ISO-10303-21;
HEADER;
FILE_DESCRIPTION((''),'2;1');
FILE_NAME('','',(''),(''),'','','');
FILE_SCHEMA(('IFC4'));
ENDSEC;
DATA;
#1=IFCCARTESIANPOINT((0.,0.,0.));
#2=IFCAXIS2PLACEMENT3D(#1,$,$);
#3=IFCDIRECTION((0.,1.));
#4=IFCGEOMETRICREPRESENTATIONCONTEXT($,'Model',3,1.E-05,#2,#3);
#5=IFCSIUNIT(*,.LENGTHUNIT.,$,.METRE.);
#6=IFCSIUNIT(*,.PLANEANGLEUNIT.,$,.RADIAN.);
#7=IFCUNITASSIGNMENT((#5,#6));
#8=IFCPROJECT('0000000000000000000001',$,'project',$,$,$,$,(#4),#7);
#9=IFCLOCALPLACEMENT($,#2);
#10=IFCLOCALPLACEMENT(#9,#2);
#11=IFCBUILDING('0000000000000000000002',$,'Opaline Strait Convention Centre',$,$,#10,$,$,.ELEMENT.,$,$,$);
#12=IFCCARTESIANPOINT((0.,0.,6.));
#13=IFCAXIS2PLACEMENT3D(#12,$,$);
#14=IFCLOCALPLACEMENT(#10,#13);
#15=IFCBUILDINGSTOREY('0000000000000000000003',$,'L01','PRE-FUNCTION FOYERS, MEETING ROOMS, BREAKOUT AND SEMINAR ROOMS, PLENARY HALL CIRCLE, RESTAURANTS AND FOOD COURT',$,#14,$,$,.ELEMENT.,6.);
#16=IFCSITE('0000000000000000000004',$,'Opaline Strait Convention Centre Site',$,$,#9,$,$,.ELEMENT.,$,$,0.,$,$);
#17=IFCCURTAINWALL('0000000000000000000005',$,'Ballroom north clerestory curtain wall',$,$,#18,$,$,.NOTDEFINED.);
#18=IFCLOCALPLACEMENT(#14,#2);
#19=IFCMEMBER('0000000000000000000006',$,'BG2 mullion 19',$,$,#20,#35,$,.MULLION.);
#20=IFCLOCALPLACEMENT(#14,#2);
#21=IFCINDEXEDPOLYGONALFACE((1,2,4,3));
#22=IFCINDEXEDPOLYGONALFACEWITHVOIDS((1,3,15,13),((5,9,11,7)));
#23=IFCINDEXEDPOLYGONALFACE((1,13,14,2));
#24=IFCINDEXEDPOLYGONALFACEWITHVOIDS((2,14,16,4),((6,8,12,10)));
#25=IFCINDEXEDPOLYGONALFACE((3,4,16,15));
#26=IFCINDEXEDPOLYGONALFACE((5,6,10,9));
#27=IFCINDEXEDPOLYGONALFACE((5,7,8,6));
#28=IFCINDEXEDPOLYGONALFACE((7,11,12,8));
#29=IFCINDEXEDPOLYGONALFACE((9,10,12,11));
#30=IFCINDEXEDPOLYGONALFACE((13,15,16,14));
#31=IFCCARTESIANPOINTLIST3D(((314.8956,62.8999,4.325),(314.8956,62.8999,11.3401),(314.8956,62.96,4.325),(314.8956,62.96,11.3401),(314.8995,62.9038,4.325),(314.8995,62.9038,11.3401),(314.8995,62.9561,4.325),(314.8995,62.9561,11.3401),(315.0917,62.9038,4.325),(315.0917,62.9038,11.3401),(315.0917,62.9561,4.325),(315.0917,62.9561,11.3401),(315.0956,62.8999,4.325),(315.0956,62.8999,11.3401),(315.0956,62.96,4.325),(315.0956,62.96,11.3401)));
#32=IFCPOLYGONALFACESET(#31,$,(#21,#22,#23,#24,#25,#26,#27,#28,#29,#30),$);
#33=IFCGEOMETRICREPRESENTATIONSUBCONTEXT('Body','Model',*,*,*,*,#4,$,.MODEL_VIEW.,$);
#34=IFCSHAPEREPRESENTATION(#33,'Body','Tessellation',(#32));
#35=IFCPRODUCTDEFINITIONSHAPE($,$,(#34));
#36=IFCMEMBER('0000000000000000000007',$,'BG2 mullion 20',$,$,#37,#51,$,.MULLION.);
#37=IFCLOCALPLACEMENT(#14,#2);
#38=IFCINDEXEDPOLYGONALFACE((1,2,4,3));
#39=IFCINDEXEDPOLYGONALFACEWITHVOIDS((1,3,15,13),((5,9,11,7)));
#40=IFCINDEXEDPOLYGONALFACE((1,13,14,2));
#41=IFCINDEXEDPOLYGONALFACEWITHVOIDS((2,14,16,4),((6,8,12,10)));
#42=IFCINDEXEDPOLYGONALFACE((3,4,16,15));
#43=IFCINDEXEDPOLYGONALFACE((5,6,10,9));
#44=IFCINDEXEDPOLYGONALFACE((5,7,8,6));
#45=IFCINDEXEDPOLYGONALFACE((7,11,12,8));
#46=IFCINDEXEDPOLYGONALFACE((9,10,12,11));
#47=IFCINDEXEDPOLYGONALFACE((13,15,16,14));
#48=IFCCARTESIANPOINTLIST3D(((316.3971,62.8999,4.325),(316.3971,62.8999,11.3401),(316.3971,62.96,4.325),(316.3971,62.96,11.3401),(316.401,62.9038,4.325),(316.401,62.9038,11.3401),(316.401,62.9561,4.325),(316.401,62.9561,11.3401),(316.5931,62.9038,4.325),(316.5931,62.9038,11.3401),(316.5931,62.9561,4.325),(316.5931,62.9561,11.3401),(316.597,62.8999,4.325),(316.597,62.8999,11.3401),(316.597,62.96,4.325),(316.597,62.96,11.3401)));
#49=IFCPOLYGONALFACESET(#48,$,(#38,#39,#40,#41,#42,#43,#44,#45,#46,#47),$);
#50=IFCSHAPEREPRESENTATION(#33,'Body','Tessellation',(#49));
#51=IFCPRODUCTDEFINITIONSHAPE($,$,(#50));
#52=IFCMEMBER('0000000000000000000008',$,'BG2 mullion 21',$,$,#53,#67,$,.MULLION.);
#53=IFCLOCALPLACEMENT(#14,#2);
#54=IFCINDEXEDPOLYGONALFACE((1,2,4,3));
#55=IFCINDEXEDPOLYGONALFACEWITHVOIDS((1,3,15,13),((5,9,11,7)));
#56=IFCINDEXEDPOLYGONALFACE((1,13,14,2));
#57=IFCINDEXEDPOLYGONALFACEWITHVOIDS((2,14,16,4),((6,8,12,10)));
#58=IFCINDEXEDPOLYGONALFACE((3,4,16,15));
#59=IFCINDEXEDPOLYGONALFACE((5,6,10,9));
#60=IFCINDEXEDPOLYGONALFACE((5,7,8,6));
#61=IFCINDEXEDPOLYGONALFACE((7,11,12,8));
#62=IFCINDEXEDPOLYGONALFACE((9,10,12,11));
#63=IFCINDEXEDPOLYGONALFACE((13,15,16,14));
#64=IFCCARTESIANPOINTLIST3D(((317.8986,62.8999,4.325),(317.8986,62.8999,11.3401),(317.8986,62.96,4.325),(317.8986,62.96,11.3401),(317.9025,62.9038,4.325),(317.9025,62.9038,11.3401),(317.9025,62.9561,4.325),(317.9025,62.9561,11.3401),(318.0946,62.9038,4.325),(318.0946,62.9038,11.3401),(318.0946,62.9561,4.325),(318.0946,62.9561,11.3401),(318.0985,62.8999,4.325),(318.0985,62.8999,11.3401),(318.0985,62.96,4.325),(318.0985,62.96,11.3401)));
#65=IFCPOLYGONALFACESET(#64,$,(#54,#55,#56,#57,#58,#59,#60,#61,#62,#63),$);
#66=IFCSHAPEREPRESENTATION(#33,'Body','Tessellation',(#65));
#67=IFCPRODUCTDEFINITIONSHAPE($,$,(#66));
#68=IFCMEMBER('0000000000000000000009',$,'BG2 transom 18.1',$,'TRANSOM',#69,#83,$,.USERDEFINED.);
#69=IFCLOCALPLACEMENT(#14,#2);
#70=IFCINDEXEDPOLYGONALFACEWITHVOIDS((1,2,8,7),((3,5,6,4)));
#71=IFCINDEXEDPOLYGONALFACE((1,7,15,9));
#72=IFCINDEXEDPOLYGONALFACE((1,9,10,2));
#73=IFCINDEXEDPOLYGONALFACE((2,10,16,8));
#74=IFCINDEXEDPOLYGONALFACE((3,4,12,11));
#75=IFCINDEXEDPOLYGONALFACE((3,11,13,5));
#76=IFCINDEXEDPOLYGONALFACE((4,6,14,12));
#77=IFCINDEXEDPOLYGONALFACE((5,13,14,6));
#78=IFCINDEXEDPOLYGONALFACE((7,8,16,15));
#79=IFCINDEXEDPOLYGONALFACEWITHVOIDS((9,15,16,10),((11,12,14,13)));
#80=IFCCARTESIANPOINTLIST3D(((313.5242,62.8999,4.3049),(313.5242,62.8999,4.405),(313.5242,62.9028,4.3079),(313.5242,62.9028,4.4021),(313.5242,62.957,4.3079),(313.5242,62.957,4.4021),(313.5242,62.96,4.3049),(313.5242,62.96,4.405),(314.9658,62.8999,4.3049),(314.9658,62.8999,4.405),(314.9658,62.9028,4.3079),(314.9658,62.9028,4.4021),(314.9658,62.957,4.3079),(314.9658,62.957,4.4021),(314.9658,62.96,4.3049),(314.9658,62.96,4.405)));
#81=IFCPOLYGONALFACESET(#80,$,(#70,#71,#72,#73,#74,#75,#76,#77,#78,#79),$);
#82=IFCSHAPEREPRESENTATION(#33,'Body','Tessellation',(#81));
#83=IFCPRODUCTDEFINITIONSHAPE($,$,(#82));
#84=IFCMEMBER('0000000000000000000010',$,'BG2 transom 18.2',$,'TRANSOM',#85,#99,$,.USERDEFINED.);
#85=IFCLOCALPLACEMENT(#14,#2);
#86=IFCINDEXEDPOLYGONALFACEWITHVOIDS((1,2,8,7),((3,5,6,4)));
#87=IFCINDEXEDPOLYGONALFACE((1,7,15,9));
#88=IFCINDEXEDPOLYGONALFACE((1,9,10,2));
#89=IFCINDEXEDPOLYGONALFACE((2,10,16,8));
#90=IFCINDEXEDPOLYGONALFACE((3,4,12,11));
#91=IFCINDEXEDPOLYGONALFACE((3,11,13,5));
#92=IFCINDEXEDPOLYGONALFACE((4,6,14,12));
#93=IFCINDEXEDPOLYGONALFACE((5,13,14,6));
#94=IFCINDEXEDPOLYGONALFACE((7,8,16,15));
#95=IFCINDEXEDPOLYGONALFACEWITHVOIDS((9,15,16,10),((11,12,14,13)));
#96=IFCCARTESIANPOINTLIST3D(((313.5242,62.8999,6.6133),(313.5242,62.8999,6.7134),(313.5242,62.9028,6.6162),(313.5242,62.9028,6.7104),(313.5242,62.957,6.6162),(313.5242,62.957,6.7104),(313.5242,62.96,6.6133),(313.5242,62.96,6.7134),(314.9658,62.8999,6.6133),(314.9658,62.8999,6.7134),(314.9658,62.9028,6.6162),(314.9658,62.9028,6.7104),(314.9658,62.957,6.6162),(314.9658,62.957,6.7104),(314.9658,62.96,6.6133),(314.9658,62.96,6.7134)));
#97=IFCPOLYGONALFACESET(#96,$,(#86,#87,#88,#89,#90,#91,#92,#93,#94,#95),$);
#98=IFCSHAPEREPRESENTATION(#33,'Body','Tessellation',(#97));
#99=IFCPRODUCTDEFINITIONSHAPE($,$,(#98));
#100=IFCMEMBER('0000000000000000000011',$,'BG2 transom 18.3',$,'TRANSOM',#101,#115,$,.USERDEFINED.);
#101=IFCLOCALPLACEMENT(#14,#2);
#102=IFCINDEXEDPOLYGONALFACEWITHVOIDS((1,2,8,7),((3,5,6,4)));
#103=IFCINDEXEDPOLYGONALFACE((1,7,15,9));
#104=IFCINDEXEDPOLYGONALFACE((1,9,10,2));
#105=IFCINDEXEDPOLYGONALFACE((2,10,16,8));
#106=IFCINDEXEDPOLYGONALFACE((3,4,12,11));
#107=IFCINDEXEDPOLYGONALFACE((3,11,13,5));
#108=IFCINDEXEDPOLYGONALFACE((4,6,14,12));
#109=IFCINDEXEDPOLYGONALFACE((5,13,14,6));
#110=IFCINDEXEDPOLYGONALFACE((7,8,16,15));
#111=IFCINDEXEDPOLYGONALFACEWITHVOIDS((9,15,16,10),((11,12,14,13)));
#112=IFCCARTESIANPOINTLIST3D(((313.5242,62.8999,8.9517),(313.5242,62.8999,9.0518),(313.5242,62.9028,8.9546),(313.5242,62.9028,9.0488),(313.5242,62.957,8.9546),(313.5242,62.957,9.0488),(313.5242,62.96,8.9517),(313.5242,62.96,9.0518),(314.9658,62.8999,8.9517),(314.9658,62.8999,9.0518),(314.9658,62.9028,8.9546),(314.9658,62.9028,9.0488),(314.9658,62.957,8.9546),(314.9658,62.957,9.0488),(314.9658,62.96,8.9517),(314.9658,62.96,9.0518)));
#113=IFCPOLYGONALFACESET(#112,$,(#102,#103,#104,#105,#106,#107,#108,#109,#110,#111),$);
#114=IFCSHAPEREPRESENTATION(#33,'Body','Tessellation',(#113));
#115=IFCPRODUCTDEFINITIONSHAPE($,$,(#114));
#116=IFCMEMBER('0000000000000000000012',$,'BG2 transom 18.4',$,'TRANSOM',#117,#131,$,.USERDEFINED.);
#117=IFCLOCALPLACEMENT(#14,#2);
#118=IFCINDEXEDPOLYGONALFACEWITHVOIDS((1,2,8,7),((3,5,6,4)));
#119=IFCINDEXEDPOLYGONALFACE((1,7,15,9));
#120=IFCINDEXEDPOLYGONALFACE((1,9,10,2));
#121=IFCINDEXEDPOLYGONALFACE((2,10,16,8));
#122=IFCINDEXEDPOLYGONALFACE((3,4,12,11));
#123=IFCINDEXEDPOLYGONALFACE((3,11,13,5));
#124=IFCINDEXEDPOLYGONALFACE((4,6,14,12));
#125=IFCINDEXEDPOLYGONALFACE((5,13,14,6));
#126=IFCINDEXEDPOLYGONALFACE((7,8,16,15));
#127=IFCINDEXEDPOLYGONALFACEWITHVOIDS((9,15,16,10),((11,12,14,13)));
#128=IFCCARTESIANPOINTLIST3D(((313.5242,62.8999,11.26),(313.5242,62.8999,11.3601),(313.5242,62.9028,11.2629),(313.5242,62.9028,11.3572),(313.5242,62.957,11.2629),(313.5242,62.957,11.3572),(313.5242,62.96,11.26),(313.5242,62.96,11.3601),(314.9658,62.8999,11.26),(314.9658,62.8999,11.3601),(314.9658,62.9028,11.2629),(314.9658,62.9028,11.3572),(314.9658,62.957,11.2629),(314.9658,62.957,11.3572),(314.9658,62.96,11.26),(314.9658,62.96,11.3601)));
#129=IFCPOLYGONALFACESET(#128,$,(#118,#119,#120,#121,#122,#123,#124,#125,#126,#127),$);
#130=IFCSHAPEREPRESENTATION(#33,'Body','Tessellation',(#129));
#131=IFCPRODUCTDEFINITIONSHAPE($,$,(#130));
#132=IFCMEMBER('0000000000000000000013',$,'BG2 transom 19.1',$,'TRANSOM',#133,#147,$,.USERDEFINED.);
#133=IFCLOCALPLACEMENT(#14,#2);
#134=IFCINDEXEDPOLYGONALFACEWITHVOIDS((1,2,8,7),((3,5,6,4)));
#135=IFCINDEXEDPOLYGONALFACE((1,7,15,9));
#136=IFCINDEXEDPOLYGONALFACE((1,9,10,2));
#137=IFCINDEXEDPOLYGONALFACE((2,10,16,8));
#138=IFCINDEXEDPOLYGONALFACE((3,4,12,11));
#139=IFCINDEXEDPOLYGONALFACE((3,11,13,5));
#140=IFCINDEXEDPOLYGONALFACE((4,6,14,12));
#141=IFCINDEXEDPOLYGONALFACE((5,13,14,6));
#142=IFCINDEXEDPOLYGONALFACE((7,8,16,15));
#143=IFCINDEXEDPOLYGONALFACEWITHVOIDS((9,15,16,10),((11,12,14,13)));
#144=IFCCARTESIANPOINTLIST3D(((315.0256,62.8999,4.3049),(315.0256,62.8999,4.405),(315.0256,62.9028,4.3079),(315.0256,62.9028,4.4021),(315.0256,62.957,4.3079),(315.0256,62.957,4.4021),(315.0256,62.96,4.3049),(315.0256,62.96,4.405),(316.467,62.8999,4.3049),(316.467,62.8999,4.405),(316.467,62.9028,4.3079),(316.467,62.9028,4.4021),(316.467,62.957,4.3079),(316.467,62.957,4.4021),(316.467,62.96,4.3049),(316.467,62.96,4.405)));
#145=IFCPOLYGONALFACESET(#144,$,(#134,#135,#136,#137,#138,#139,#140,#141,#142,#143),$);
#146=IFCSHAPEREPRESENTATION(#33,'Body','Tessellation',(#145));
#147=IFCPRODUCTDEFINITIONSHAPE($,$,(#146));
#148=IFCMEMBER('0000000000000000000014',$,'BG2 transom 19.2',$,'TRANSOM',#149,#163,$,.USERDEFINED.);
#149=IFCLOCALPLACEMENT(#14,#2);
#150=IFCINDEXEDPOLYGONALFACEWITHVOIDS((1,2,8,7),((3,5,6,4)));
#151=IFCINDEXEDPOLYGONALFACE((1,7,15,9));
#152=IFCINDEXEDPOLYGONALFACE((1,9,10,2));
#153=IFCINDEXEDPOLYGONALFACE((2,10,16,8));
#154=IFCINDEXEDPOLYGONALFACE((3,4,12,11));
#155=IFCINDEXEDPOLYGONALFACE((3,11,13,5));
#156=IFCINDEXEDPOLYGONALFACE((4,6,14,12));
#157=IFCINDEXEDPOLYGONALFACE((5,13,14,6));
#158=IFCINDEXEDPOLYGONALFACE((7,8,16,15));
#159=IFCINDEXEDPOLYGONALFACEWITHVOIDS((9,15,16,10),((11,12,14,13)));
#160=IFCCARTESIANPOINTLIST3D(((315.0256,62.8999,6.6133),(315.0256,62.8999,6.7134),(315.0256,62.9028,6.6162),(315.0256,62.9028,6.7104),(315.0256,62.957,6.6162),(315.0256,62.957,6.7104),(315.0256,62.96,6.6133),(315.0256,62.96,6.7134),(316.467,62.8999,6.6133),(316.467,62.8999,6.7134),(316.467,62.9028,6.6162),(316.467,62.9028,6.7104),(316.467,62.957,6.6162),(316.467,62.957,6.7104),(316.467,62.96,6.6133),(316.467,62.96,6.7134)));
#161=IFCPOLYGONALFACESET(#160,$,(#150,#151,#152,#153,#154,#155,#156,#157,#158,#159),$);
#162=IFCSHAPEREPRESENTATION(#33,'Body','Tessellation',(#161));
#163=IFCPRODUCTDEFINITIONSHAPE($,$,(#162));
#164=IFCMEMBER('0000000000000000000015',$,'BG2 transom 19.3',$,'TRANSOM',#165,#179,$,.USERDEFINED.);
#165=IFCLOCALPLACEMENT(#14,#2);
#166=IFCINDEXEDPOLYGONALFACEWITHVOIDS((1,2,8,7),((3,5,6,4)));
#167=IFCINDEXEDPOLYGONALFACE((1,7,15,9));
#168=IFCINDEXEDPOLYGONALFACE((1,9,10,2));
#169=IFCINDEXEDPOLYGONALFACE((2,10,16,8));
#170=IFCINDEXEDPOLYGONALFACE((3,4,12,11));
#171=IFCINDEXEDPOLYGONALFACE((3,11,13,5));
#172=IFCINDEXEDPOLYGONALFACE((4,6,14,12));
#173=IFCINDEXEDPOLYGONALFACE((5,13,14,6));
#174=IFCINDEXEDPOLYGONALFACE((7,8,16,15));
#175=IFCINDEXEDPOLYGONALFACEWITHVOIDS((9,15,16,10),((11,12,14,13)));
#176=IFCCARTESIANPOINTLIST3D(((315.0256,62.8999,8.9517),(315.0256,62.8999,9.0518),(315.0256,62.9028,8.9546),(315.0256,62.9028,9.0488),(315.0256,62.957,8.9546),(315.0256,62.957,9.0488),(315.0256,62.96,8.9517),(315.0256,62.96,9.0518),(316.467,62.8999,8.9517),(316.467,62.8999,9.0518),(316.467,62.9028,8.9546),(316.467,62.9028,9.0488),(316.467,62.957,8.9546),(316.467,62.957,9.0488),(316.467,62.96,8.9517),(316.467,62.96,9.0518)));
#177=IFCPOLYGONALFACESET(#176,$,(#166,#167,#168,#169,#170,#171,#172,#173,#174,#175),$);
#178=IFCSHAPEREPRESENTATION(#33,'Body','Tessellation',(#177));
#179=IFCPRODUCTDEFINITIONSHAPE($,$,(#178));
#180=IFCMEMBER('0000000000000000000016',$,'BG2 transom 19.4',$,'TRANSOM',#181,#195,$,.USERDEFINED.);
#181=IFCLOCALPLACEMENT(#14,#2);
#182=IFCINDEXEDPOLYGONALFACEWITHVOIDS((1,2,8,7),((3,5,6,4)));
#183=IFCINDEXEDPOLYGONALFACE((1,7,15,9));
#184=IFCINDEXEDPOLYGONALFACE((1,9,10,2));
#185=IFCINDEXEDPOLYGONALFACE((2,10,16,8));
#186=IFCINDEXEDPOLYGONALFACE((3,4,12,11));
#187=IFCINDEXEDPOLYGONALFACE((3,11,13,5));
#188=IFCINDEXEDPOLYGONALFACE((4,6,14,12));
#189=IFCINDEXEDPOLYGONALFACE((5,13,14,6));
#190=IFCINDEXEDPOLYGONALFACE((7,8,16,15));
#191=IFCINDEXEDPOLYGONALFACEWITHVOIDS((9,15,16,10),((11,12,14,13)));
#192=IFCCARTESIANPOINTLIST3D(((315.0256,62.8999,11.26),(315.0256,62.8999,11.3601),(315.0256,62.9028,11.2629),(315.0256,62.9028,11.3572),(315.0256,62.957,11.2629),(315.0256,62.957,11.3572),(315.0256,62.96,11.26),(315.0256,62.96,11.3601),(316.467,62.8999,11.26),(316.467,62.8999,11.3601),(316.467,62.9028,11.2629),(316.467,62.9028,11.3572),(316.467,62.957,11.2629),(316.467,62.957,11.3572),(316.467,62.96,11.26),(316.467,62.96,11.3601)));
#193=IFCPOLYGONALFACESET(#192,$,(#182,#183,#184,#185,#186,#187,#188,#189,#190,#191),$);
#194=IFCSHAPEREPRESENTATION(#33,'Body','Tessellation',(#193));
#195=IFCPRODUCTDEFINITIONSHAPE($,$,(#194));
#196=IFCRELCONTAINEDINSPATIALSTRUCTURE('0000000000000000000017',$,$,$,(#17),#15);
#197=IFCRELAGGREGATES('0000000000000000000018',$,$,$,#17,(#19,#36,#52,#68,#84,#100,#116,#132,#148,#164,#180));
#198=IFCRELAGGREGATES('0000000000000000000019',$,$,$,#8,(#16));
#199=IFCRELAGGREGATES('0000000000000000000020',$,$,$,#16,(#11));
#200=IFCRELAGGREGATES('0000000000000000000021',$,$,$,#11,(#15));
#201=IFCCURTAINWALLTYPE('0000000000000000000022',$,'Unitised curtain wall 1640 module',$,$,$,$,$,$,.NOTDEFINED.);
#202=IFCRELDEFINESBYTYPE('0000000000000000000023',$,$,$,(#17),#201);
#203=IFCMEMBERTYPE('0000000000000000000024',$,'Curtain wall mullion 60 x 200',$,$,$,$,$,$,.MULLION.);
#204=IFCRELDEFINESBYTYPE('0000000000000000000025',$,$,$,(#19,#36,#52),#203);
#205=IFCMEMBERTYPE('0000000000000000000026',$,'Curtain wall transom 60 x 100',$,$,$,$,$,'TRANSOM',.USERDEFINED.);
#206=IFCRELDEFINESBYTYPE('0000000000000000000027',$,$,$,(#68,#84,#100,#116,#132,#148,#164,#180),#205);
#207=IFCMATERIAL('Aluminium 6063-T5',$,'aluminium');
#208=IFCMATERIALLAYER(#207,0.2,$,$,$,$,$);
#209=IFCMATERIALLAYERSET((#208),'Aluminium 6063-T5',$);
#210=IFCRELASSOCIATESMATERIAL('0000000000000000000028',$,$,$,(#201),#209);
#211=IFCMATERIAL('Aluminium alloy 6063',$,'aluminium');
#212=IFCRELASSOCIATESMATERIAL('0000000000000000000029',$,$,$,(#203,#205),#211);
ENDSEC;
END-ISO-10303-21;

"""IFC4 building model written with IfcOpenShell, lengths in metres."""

from ifc_helpers import new_model, si_unit, direction, frame, origin, origin_2d, place, context, subcontext, project, spatial, hollow_rectangle, extrude, material, layer, layer_set, material_profile, profile_set, type_object, element, aggregate, save


model = new_model("IFC4")

# Units and contexts
model_context = context("Model", 3, precision=1e-05, world=origin(), true_north=direction((0.0, 1.0)))
body_context = subcontext(model_context, "Body", "Model", "MODEL_VIEW")
ifc_project = project(units=[si_unit("LENGTHUNIT", "METRE"), si_unit("PLANEANGLEUNIT", "RADIAN")], contexts=[model_context])

# Site, building, storey
site_placement = place(None, origin())
site = spatial("IfcSite", under=ifc_project, at=site_placement, Name="Opaline Strait Convention Centre Site", CompositionType="ELEMENT", RefElevation=0.0)
building_placement = place(site_placement, origin())
building = spatial("IfcBuilding", under=site, at=building_placement, Name="Opaline Strait Convention Centre", CompositionType="ELEMENT")
storey_placement = place(building_placement, frame((0.0, 0.0, 6.0)))
storey = spatial("IfcBuildingStorey", under=building, at=storey_placement, Name="L01", Description="PRE-FUNCTION FOYERS, MEETING ROOMS, BREAKOUT AND SEMINAR ROOMS, PLENARY HALL CIRCLE, RESTAURANTS AND FOOD COURT", CompositionType="ELEMENT", Elevation=6.0)

# Curtain wall, members
ifc_material_1 = material(Name="Aluminium 6063-T5", Category="aluminium")
ifc_layer_1 = layer(ifc_material_1, 0.2)
ifc_layer_set_1 = layer_set([ifc_layer_1], Name="Aluminium 6063-T5")
curtain_wall_type = type_object("IfcCurtainWallType", Name="Unitised curtain wall 1640 module", PredefinedType="NOTDEFINED", material=ifc_layer_set_1)
curtain_wall_placement = place(storey_placement, origin())
curtain_wall = element("IfcCurtainWall", 1, at=curtain_wall_placement, inside=storey, type_object=curtain_wall_type, Name="Ballroom north clerestory curtain wall", PredefinedType="NOTDEFINED")
ifc_material_2 = material(Name="Aluminium alloy 6063", Category="aluminium")
ifc_material_profile_1 = material_profile(ifc_material_2, hollow_rectangle(XDim=0.0601, YDim=0.2, WallThickness=0.0039, at=origin_2d()), Name="MULLION 60x200x4")
ifc_profile_set_1 = profile_set([ifc_material_profile_1], Name="Aluminium alloy 6063")
member_type_1 = type_object("IfcMemberType", Name="Curtain wall mullion 60 x 200", PredefinedType="MULLION", material=ifc_profile_set_1)
member_1_placement = place(storey_placement, frame((314.9956, 62.9299, 4.325), z_axis=(0.0, 0.0, 1.0), x_axis=(0.0, 1.0, 0.0)))
member_1 = element("IfcMember", 2, at=member_1_placement, type_object=member_type_1, Name="BG2 mullion 19", PredefinedType="MULLION", context=body_context, shape_type="SweptSolid", body=[
    extrude(hollow_rectangle(XDim=0.0601, YDim=0.2, WallThickness=0.0039, at=origin_2d()), origin(), (0.0, 0.0, 1.0), 7.0151),
])
member_2_placement = place(storey_placement, frame((316.4971, 62.9299, 4.325), z_axis=(0.0, 0.0, 1.0), x_axis=(0.0, 1.0, 0.0)))
member_2 = element("IfcMember", 3, at=member_2_placement, type_object=member_type_1, Name="BG2 mullion 20", PredefinedType="MULLION", context=body_context, shape_type="SweptSolid", body=[
    extrude(hollow_rectangle(XDim=0.0601, YDim=0.2, WallThickness=0.0039, at=origin_2d()), origin(), (0.0, 0.0, 1.0), 7.0151),
])
member_3_placement = place(storey_placement, frame((317.9985, 62.9299, 4.325), z_axis=(0.0, 0.0, 1.0), x_axis=(0.0, 1.0, 0.0)))
member_3 = element("IfcMember", 4, at=member_3_placement, type_object=member_type_1, Name="BG2 mullion 21", PredefinedType="MULLION", context=body_context, shape_type="SweptSolid", body=[
    extrude(hollow_rectangle(XDim=0.0601, YDim=0.2, WallThickness=0.0039, at=origin_2d()), origin(), (0.0, 0.0, 1.0), 7.0151),
])
ifc_material_profile_2 = material_profile(ifc_material_2, hollow_rectangle(XDim=0.0601, YDim=0.1001, WallThickness=0.0029, at=origin_2d()), Name="TRANSOM 60x100x3")
ifc_profile_set_2 = profile_set([ifc_material_profile_2], Name="Aluminium alloy 6063")
member_type_2 = type_object("IfcMemberType", Name="Curtain wall transom 60 x 100", ElementType="TRANSOM", PredefinedType="USERDEFINED", material=ifc_profile_set_2)
member_4_placement = place(storey_placement, frame((313.5242, 62.9299, 4.355), z_axis=(1.0, 0.0, 0.0), x_axis=(0.0, 1.0, 0.0)))
member_4 = element("IfcMember", 5, at=member_4_placement, type_object=member_type_2, Name="BG2 transom 18.1", ObjectType="TRANSOM", PredefinedType="USERDEFINED", context=body_context, shape_type="SweptSolid", body=[
    extrude(hollow_rectangle(XDim=0.0601, YDim=0.1001, WallThickness=0.0029, at=origin_2d()), origin(), (0.0, 0.0, 1.0), 1.4417),
])
member_5_placement = place(storey_placement, frame((313.5242, 62.9299, 6.6633), z_axis=(1.0, 0.0, 0.0), x_axis=(0.0, 1.0, 0.0)))
member_5 = element("IfcMember", 6, at=member_5_placement, type_object=member_type_2, Name="BG2 transom 18.2", ObjectType="TRANSOM", PredefinedType="USERDEFINED", context=body_context, shape_type="SweptSolid", body=[
    extrude(hollow_rectangle(XDim=0.0601, YDim=0.1001, WallThickness=0.0029, at=origin_2d()), origin(), (0.0, 0.0, 1.0), 1.4417),
])
member_6_placement = place(storey_placement, frame((313.5242, 62.9299, 9.0017), z_axis=(1.0, 0.0, 0.0), x_axis=(0.0, 1.0, 0.0)))
member_6 = element("IfcMember", 7, at=member_6_placement, type_object=member_type_2, Name="BG2 transom 18.3", ObjectType="TRANSOM", PredefinedType="USERDEFINED", context=body_context, shape_type="SweptSolid", body=[
    extrude(hollow_rectangle(XDim=0.0601, YDim=0.1001, WallThickness=0.0029, at=origin_2d()), origin(), (0.0, 0.0, 1.0), 1.4417),
])
member_7_placement = place(storey_placement, frame((313.5242, 62.9299, 11.3101), z_axis=(1.0, 0.0, 0.0), x_axis=(0.0, 1.0, 0.0)))
member_7 = element("IfcMember", 8, at=member_7_placement, type_object=member_type_2, Name="BG2 transom 18.4", ObjectType="TRANSOM", PredefinedType="USERDEFINED", context=body_context, shape_type="SweptSolid", body=[
    extrude(hollow_rectangle(XDim=0.0601, YDim=0.1001, WallThickness=0.0029, at=origin_2d()), origin(), (0.0, 0.0, 1.0), 1.4417),
])
member_8_placement = place(storey_placement, frame((315.0256, 62.9299, 4.355), z_axis=(1.0, 0.0, 0.0), x_axis=(0.0, 1.0, 0.0)))
member_8 = element("IfcMember", 9, at=member_8_placement, type_object=member_type_2, Name="BG2 transom 19.1", ObjectType="TRANSOM", PredefinedType="USERDEFINED", context=body_context, shape_type="SweptSolid", body=[
    extrude(hollow_rectangle(XDim=0.0601, YDim=0.1001, WallThickness=0.0029, at=origin_2d()), origin(), (0.0, 0.0, 1.0), 1.4414),
])
member_9_placement = place(storey_placement, frame((315.0256, 62.9299, 6.6633), z_axis=(1.0, 0.0, 0.0), x_axis=(0.0, 1.0, 0.0)))
member_9 = element("IfcMember", 10, at=member_9_placement, type_object=member_type_2, Name="BG2 transom 19.2", ObjectType="TRANSOM", PredefinedType="USERDEFINED", context=body_context, shape_type="SweptSolid", body=[
    extrude(hollow_rectangle(XDim=0.0601, YDim=0.1001, WallThickness=0.0029, at=origin_2d()), origin(), (0.0, 0.0, 1.0), 1.4414),
])
member_10_placement = place(storey_placement, frame((315.0256, 62.9299, 9.0017), z_axis=(1.0, 0.0, 0.0), x_axis=(0.0, 1.0, 0.0)))
member_10 = element("IfcMember", 11, at=member_10_placement, type_object=member_type_2, Name="BG2 transom 19.3", ObjectType="TRANSOM", PredefinedType="USERDEFINED", context=body_context, shape_type="SweptSolid", body=[
    extrude(hollow_rectangle(XDim=0.0601, YDim=0.1001, WallThickness=0.0029, at=origin_2d()), origin(), (0.0, 0.0, 1.0), 1.4414),
])
member_11_placement = place(storey_placement, frame((315.0256, 62.9299, 11.3101), z_axis=(1.0, 0.0, 0.0), x_axis=(0.0, 1.0, 0.0)))
member_11 = element("IfcMember", 12, at=member_11_placement, type_object=member_type_2, Name="BG2 transom 19.4", ObjectType="TRANSOM", PredefinedType="USERDEFINED", context=body_context, shape_type="SweptSolid", body=[
    extrude(hollow_rectangle(XDim=0.0601, YDim=0.1001, WallThickness=0.0029, at=origin_2d()), origin(), (0.0, 0.0, 1.0), 1.4414),
])
aggregate(curtain_wall, [member_1, member_2, member_3, member_4, member_5, member_6, member_7, member_8, member_9, member_10, member_11])

save(model, "model.ifc")
